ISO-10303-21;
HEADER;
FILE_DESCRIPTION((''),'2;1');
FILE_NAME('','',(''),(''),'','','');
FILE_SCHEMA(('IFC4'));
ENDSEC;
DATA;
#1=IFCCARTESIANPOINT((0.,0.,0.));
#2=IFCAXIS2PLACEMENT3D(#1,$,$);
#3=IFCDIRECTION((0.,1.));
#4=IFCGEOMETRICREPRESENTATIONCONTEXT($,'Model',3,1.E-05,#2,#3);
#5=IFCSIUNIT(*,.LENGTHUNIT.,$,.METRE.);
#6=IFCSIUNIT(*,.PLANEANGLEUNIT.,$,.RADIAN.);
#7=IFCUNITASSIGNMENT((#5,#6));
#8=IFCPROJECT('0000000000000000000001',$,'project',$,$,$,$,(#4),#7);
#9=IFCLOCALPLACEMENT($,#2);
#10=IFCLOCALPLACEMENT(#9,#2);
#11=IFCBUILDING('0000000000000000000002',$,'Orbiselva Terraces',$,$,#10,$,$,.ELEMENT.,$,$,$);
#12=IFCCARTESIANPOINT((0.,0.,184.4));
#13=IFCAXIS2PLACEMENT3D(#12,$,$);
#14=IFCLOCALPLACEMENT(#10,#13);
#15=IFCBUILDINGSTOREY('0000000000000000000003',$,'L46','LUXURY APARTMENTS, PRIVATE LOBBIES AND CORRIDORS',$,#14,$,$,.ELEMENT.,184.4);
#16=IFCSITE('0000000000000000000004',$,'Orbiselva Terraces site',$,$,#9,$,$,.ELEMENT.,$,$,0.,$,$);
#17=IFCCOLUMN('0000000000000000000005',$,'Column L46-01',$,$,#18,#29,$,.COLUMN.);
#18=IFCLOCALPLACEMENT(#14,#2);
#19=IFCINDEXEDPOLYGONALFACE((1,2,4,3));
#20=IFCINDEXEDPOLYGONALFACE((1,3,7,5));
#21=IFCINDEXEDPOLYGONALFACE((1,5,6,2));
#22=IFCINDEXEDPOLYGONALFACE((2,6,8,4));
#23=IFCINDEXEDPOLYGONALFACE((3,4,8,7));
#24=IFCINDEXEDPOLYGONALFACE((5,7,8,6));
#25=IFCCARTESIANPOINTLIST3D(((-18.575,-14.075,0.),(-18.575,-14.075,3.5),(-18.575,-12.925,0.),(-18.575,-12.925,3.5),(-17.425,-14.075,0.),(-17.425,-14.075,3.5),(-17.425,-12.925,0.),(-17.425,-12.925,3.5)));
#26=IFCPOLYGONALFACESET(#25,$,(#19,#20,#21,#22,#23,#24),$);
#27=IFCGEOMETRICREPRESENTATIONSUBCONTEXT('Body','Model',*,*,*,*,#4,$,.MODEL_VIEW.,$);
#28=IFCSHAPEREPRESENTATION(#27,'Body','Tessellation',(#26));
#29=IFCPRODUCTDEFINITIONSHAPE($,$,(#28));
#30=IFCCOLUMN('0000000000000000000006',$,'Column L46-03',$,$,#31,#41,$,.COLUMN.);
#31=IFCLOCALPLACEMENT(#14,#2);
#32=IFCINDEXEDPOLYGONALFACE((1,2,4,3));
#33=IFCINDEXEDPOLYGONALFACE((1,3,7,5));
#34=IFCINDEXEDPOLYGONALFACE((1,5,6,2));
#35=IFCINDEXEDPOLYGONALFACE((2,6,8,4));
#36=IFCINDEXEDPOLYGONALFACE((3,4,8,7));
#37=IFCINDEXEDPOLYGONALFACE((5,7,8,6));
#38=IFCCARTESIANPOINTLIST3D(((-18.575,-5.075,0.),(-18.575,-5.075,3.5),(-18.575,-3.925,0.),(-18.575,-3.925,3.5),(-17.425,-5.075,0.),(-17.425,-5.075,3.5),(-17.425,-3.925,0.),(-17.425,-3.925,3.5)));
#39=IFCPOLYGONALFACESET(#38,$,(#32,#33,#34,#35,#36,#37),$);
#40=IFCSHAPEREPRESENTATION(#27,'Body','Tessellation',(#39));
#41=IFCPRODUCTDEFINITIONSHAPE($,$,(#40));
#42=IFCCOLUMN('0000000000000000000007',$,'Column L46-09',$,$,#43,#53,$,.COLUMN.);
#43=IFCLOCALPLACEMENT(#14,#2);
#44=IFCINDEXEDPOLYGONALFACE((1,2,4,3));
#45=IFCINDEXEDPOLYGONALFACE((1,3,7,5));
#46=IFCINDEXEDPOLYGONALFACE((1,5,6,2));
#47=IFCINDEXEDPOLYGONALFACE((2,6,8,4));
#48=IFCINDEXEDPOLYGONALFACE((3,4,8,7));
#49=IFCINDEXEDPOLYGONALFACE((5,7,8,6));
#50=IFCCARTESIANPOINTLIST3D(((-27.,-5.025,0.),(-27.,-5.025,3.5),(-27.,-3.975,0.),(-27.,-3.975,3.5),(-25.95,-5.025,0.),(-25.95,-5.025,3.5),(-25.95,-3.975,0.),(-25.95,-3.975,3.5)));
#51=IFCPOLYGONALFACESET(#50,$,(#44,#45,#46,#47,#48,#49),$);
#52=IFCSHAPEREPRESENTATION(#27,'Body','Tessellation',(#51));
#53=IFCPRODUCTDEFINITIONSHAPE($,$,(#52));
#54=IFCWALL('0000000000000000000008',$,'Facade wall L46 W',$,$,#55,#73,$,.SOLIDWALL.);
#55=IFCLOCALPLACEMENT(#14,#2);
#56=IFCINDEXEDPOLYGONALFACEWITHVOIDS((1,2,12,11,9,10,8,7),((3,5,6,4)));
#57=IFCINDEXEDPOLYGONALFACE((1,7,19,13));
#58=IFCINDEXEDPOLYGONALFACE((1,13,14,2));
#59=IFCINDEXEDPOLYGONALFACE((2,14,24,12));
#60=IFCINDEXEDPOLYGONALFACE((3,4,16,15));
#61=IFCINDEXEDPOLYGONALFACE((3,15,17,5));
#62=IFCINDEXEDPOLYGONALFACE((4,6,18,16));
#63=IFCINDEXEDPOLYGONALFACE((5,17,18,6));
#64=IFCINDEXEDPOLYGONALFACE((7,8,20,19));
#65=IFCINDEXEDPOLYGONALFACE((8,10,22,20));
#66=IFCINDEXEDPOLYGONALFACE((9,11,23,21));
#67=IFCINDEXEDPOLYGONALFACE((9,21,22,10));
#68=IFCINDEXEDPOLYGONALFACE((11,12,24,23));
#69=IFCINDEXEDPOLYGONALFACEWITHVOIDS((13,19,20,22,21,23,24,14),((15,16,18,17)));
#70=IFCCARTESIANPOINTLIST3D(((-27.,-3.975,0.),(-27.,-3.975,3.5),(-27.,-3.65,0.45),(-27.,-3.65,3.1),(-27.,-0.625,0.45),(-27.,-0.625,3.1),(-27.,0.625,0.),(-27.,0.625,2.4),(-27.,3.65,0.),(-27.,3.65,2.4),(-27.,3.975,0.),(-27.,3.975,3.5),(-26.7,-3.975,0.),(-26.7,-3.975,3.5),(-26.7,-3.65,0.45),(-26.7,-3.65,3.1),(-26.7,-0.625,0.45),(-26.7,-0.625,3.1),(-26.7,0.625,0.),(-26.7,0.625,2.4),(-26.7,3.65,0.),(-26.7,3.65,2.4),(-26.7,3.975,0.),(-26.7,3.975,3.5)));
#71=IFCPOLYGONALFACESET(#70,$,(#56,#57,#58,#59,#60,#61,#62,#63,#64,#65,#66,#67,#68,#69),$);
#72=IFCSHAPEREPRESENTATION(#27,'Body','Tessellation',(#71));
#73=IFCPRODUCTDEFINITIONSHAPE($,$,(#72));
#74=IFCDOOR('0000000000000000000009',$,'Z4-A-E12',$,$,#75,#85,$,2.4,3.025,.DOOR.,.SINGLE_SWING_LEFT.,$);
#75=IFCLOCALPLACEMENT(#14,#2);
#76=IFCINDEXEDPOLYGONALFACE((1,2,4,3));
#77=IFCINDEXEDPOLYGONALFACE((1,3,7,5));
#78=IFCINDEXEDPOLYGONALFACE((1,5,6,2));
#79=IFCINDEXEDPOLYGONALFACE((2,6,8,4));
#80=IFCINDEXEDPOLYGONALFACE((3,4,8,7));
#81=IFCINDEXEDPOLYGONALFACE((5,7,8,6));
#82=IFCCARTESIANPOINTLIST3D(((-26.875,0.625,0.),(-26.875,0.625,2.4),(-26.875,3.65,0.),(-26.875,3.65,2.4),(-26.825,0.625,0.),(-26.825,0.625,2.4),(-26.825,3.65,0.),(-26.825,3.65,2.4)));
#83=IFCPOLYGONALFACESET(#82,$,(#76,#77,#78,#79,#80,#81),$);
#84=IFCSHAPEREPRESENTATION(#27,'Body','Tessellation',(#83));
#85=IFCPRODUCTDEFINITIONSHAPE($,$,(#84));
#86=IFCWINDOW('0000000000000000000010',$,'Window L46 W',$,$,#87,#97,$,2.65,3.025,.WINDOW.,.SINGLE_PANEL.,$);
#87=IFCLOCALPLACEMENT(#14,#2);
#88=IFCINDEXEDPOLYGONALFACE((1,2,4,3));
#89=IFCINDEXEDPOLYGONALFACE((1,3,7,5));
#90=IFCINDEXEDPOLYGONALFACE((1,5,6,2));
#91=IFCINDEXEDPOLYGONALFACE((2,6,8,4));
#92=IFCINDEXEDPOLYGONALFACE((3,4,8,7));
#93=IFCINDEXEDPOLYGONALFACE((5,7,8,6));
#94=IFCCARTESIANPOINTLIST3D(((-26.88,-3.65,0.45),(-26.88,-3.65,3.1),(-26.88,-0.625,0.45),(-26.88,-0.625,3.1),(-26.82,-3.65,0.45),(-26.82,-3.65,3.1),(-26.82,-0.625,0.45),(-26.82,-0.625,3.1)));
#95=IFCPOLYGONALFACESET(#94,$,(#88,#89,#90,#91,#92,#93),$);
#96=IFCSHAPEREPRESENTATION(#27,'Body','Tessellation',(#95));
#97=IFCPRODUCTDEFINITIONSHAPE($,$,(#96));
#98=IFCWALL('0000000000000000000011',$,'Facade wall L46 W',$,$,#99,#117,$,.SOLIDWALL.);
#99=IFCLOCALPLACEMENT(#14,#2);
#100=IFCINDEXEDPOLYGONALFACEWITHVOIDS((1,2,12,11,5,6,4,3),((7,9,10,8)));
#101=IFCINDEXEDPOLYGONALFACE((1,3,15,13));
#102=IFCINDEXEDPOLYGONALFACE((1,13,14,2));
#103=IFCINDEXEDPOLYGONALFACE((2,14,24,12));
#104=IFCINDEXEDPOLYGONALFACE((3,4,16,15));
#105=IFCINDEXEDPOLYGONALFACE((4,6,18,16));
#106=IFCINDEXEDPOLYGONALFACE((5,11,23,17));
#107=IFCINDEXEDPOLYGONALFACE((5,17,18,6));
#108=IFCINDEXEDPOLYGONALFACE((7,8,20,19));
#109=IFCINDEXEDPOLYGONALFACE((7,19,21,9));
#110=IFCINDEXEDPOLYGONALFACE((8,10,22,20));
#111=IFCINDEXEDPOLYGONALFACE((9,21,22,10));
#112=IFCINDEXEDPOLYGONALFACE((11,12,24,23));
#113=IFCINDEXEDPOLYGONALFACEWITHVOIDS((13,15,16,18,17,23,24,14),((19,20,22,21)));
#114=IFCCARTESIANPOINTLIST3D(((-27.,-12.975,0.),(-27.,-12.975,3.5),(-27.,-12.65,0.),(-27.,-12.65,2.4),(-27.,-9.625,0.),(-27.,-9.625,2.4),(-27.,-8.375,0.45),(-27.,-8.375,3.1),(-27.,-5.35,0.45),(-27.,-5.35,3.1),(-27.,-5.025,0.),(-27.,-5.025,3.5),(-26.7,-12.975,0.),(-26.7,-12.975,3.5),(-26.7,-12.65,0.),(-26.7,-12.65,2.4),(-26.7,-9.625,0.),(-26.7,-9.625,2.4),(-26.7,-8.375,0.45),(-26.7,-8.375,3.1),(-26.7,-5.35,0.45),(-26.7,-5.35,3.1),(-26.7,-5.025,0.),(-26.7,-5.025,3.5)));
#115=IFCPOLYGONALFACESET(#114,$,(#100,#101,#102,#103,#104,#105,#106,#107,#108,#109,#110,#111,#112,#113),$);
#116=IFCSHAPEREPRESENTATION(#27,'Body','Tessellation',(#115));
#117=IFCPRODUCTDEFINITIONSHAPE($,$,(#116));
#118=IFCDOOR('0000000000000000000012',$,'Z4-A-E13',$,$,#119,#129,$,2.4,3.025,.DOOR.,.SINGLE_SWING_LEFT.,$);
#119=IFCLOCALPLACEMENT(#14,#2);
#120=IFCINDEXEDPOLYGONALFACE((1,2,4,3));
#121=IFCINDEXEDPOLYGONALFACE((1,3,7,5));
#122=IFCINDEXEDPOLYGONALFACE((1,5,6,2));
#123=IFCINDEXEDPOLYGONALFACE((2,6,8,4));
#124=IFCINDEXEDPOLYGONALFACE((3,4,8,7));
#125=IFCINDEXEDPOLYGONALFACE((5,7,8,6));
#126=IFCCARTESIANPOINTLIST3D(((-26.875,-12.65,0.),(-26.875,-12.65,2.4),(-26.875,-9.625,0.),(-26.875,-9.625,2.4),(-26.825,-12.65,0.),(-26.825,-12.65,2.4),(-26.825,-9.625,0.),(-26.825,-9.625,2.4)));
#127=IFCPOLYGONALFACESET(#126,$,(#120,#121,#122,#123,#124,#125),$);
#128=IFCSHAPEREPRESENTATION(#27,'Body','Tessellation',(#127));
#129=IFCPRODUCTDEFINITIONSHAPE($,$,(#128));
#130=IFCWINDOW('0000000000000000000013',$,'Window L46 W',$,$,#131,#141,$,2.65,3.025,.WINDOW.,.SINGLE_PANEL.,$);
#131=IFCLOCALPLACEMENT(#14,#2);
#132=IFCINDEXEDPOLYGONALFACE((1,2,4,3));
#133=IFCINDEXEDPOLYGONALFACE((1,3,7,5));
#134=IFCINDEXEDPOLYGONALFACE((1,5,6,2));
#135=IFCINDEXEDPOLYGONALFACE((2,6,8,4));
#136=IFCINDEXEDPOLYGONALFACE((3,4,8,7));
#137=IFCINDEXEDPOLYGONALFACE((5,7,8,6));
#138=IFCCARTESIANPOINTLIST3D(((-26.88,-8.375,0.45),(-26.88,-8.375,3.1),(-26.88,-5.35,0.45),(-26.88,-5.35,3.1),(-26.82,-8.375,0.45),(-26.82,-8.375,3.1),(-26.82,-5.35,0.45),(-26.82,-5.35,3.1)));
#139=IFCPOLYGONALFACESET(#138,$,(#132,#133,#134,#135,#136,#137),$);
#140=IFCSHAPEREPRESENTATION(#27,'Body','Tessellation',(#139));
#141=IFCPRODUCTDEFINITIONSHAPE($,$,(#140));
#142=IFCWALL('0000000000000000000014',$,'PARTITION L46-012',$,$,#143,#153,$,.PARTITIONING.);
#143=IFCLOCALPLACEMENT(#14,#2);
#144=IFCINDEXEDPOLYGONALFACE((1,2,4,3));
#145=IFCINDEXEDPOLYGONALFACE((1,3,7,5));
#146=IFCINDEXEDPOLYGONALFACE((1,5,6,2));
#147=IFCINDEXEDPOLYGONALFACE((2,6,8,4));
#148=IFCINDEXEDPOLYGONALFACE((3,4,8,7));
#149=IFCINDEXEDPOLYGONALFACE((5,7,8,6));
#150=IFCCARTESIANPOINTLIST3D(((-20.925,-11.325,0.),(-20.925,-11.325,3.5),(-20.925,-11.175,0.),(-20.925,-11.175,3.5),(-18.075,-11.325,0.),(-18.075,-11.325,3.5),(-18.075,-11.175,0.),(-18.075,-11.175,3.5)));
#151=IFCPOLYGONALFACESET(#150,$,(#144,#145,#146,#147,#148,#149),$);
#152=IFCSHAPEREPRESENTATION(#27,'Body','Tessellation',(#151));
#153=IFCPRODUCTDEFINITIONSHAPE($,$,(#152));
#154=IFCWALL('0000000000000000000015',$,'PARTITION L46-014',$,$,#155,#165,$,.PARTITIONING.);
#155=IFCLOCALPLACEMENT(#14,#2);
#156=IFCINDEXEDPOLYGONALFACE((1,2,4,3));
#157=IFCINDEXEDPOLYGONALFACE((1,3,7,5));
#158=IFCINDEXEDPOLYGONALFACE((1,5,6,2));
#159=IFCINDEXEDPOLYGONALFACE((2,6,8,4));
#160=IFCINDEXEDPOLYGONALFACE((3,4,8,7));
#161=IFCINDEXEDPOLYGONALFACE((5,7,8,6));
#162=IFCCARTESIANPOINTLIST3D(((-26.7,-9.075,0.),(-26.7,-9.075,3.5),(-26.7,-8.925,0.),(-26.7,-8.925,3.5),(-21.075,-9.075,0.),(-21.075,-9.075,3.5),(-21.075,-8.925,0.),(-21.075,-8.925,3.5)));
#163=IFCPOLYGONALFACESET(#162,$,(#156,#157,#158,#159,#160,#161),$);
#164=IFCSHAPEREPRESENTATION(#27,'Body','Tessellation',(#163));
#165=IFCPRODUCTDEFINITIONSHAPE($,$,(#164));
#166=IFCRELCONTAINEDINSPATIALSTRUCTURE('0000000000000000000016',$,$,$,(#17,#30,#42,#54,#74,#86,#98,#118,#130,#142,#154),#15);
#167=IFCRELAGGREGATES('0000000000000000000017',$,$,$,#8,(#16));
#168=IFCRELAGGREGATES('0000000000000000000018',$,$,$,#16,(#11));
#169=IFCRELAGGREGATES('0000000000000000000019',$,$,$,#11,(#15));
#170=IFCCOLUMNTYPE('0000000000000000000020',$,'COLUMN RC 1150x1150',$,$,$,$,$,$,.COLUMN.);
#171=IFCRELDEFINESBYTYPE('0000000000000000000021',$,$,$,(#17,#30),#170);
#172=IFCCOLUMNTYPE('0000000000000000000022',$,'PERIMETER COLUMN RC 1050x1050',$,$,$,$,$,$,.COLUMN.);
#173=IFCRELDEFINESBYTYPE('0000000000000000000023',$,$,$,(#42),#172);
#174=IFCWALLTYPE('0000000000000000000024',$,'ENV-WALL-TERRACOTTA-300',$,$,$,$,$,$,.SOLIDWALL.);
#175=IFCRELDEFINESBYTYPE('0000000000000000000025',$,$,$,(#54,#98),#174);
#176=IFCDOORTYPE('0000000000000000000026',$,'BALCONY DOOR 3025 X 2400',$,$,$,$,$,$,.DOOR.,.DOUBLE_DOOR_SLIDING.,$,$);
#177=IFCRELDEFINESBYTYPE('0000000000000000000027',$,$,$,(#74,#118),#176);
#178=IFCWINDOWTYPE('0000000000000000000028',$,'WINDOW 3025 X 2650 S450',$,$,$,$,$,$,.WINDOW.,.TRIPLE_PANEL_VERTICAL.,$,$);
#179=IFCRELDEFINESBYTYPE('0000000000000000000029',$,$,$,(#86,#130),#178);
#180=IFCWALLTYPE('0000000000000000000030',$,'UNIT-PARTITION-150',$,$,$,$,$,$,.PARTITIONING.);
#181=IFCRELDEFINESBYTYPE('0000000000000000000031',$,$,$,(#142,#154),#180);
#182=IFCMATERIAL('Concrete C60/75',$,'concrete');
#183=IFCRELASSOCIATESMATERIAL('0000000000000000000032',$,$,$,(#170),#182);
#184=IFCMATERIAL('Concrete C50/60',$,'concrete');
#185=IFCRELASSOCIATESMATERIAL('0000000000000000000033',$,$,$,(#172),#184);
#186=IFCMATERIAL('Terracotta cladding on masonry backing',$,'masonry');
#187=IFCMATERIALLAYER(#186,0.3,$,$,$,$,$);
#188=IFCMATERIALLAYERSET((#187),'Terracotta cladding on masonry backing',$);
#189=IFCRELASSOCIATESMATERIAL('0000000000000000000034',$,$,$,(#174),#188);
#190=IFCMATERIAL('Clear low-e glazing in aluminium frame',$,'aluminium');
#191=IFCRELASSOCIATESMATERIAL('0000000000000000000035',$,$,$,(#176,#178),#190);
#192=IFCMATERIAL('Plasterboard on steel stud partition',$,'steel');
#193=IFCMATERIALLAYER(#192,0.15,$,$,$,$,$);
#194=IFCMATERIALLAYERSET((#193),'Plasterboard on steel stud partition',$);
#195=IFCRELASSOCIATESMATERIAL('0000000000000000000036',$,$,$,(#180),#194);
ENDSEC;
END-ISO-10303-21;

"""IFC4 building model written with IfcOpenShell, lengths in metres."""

from ifc_helpers import new_model, si_unit, direction, frame, frame_2d, origin, origin_2d, place, context, subcontext, project, spatial, rectangle, extrude, material, layer, layer_set, material_profile, profile_set, type_object, element, fill, save


model = new_model("IFC4")

# Units and contexts
model_context = context("Model", 3, precision=1e-05, world=origin(), true_north=direction((0.0, 1.0)))
body_context = subcontext(model_context, "Body", "Model", "MODEL_VIEW")
ifc_project = project(units=[si_unit("LENGTHUNIT", "METRE"), si_unit("PLANEANGLEUNIT", "RADIAN")], contexts=[model_context])

# Site, building, storey
site_placement = place(None, origin())
site = spatial("IfcSite", under=ifc_project, at=site_placement, Name="Orbiselva Terraces site", CompositionType="ELEMENT", RefElevation=0.0)
building_placement = place(site_placement, origin())
building = spatial("IfcBuilding", under=site, at=building_placement, Name="Orbiselva Terraces", CompositionType="ELEMENT")
storey_placement = place(building_placement, frame((0.0, 0.0, 184.4)))
storey = spatial("IfcBuildingStorey", under=building, at=storey_placement, Name="L46", Description="LUXURY APARTMENTS, PRIVATE LOBBIES AND CORRIDORS", CompositionType="ELEMENT", Elevation=184.4)

# Columns
ifc_material_1 = material(Name="Concrete C60/75", Category="concrete")
ifc_material_profile_1 = material_profile(ifc_material_1, rectangle(XDim=1.15, YDim=1.15, at=origin_2d()), Name="RC 1150x1150")
ifc_profile_set_1 = profile_set([ifc_material_profile_1], Name="Concrete C60/75")
column_type_1 = type_object("IfcColumnType", Name="COLUMN RC 1150x1150", PredefinedType="COLUMN", material=ifc_profile_set_1)
for number, where, z_axis, x_axis, name in (
    (1, (-18.0, -13.5, 0.0), (0.0, 0.0, 1.0), (1.0, 0.0, 0.0), "Column L46-01"),
    (2, (-18.0, -4.5, 0.0), (0.0, 0.0, 1.0), (1.0, 0.0, 0.0), "Column L46-03"),
):
    element("IfcColumn", number, at=place(storey_placement, frame(where, z_axis=z_axis, x_axis=x_axis)), inside=storey, type_object=column_type_1, Name=name, PredefinedType="COLUMN", context=body_context, shape_type="SweptSolid", body=[
        extrude(rectangle(XDim=1.15, YDim=1.15, at=origin_2d()), origin(), (0.0, 0.0, 1.0), 3.5),
    ])
ifc_material_2 = material(Name="Concrete C50/60", Category="concrete")
ifc_material_profile_2 = material_profile(ifc_material_2, rectangle(XDim=1.05, YDim=1.05, at=origin_2d()), Name="RC 1050x1050")
ifc_profile_set_2 = profile_set([ifc_material_profile_2], Name="Concrete C50/60")
column_type_2 = type_object("IfcColumnType", Name="PERIMETER COLUMN RC 1050x1050", PredefinedType="COLUMN", material=ifc_profile_set_2)
column_placement = place(storey_placement, frame((-26.475, -4.5, 0.0), z_axis=(0.0, 0.0, 1.0), x_axis=(1.0, 0.0, 0.0)))
element("IfcColumn", 3, at=column_placement, inside=storey, type_object=column_type_2, Name="Column L46-09", PredefinedType="COLUMN", context=body_context, shape_type="SweptSolid", body=[
    extrude(rectangle(XDim=1.05, YDim=1.05, at=origin_2d()), origin(), (0.0, 0.0, 1.0), 3.5),
])

# Walls, openings, doors, windows
ifc_material_3 = material(Name="Terracotta cladding on masonry backing", Category="masonry")
ifc_layer_1 = layer(ifc_material_3, 0.3)
ifc_layer_set_1 = layer_set([ifc_layer_1], Name="Terracotta cladding on masonry backing")
wall_type_1 = type_object("IfcWallType", Name="ENV-WALL-TERRACOTTA-300", PredefinedType="SOLIDWALL", material=ifc_layer_set_1)
wall_1_placement = place(storey_placement, frame((-26.85, -3.975, 0.0), z_axis=(0.0, 0.0, 1.0), x_axis=(0.0, 1.0, 0.0)))
wall_1 = element("IfcWall", 4, at=wall_1_placement, inside=storey, type_object=wall_type_1, Name="Facade wall L46 W", PredefinedType="SOLIDWALL", context=body_context, shape_type="SweptSolid", body=[
    extrude(rectangle(XDim=7.95, YDim=0.3, at=frame_2d((3.975, 0.0))), origin(), (0.0, 0.0, 1.0), 3.5),
])
opening_1_placement = place(wall_1_placement, frame((4.6, 0.0, 0.0)))
opening_1 = element("IfcOpeningElement", 5, at=opening_1_placement, cuts=wall_1, PredefinedType="OPENING", context=body_context, shape_type="SweptSolid", body=[
    extrude(rectangle(XDim=3.025, YDim=2.4, at=frame_2d((1.5125, 1.2))), frame((0.0, 0.16, 0.0), z_axis=(0.0, -1.0, 0.0), x_axis=(1.0, 0.0, 0.0)), (0.0, 0.0, 1.0), 0.32),
])
opening_2_placement = place(wall_1_placement, frame((0.325, 0.0, 0.45)))
opening_2 = element("IfcOpeningElement", 6, at=opening_2_placement, cuts=wall_1, PredefinedType="OPENING", context=body_context, shape_type="SweptSolid", body=[
    extrude(rectangle(XDim=3.025, YDim=2.65, at=frame_2d((1.5125, 1.325))), frame((0.0, 0.16, 0.0), z_axis=(0.0, -1.0, 0.0), x_axis=(1.0, 0.0, 0.0)), (0.0, 0.0, 1.0), 0.32),
])
ifc_material_4 = material(Name="Clear low-e glazing in aluminium frame", Category="aluminium")
door_type_1 = type_object("IfcDoorType", Name="BALCONY DOOR 3025 X 2400", OperationType="DOUBLE_DOOR_SLIDING", PredefinedType="DOOR", material=ifc_material_4)
door_1_placement = place(opening_1_placement, origin())
door_1 = element("IfcDoor", 7, at=door_1_placement, inside=storey, type_object=door_type_1, Name="Z4-A-E12", OperationType="SINGLE_SWING_LEFT", OverallHeight=2.4, OverallWidth=3.025, PredefinedType="DOOR", context=body_context, shape_type="SweptSolid", body=[
    extrude(rectangle(XDim=3.025, YDim=2.4, at=frame_2d((1.5125, 1.2))), frame((0.0, 0.025, 0.0), z_axis=(0.0, -1.0, 0.0), x_axis=(1.0, 0.0, 0.0)), (0.0, 0.0, 1.0), 0.05),
])
fill(opening_1, door_1)
window_type = type_object("IfcWindowType", Name="WINDOW 3025 X 2650 S450", PartitioningType="TRIPLE_PANEL_VERTICAL", PredefinedType="WINDOW", material=ifc_material_4)
window_1_placement = place(opening_2_placement, origin())
window_1 = element("IfcWindow", 8, at=window_1_placement, inside=storey, type_object=window_type, Name="Window L46 W", OverallHeight=2.65, OverallWidth=3.025, PartitioningType="SINGLE_PANEL", PredefinedType="WINDOW", context=body_context, shape_type="SweptSolid", body=[
    extrude(rectangle(XDim=3.025, YDim=2.65, at=frame_2d((1.5125, 1.325))), frame((0.0, 0.03, 0.0), z_axis=(0.0, -1.0, 0.0), x_axis=(1.0, 0.0, 0.0)), (0.0, 0.0, 1.0), 0.06),
])
fill(opening_2, window_1)
wall_2_placement = place(storey_placement, frame((-26.85, -12.975, 0.0), z_axis=(0.0, 0.0, 1.0), x_axis=(0.0, 1.0, 0.0)))
wall_2 = element("IfcWall", 9, at=wall_2_placement, inside=storey, type_object=wall_type_1, Name="Facade wall L46 W", PredefinedType="SOLIDWALL", context=body_context, shape_type="SweptSolid", body=[
    extrude(rectangle(XDim=7.95, YDim=0.3, at=frame_2d((3.975, 0.0))), origin(), (0.0, 0.0, 1.0), 3.5),
])
opening_3_placement = place(wall_2_placement, frame((4.6, 0.0, 0.45)))
opening_3 = element("IfcOpeningElement", 10, at=opening_3_placement, cuts=wall_2, PredefinedType="OPENING", context=body_context, shape_type="SweptSolid", body=[
    extrude(rectangle(XDim=3.025, YDim=2.65, at=frame_2d((1.5125, 1.325))), frame((0.0, 0.16, 0.0), z_axis=(0.0, -1.0, 0.0), x_axis=(1.0, 0.0, 0.0)), (0.0, 0.0, 1.0), 0.32),
])
opening_4_placement = place(wall_2_placement, frame((0.325, 0.0, 0.0)))
opening_4 = element("IfcOpeningElement", 11, at=opening_4_placement, cuts=wall_2, PredefinedType="OPENING", context=body_context, shape_type="SweptSolid", body=[
    extrude(rectangle(XDim=3.025, YDim=2.4, at=frame_2d((1.5125, 1.2))), frame((0.0, 0.16, 0.0), z_axis=(0.0, -1.0, 0.0), x_axis=(1.0, 0.0, 0.0)), (0.0, 0.0, 1.0), 0.32),
])
door_2_placement = place(opening_4_placement, origin())
door_2 = element("IfcDoor", 12, at=door_2_placement, inside=storey, type_object=door_type_1, Name="Z4-A-E13", OperationType="SINGLE_SWING_LEFT", OverallHeight=2.4, OverallWidth=3.025, PredefinedType="DOOR", context=body_context, shape_type="SweptSolid", body=[
    extrude(rectangle(XDim=3.025, YDim=2.4, at=frame_2d((1.5125, 1.2))), frame((0.0, 0.025, 0.0), z_axis=(0.0, -1.0, 0.0), x_axis=(1.0, 0.0, 0.0)), (0.0, 0.0, 1.0), 0.05),
])
fill(opening_4, door_2)
window_2_placement = place(opening_3_placement, origin())
window_2 = element("IfcWindow", 13, at=window_2_placement, inside=storey, type_object=window_type, Name="Window L46 W", OverallHeight=2.65, OverallWidth=3.025, PartitioningType="SINGLE_PANEL", PredefinedType="WINDOW", context=body_context, shape_type="SweptSolid", body=[
    extrude(rectangle(XDim=3.025, YDim=2.65, at=frame_2d((1.5125, 1.325))), frame((0.0, 0.03, 0.0), z_axis=(0.0, -1.0, 0.0), x_axis=(1.0, 0.0, 0.0)), (0.0, 0.0, 1.0), 0.06),
])
fill(opening_3, window_2)

# Walls
ifc_material_5 = material(Name="Plasterboard on steel stud partition", Category="steel")
ifc_layer_2 = layer(ifc_material_5, 0.15)
ifc_layer_set_2 = layer_set([ifc_layer_2], Name="Plasterboard on steel stud partition")
wall_type_2 = type_object("IfcWallType", Name="UNIT-PARTITION-150", PredefinedType="PARTITIONING", material=ifc_layer_set_2)
wall_3_placement = place(storey_placement, frame((-20.925, -11.25, 0.0), z_axis=(0.0, 0.0, 1.0), x_axis=(1.0, 0.0, 0.0)))
element("IfcWall", 14, at=wall_3_placement, inside=storey, type_object=wall_type_2, Name="PARTITION L46-012", PredefinedType="PARTITIONING", context=body_context, shape_type="SweptSolid", body=[
    extrude(rectangle(XDim=2.85, YDim=0.15, at=frame_2d((1.425, 0.0))), origin(), (0.0, 0.0, 1.0), 3.5),
])
wall_4_placement = place(storey_placement, frame((-26.7, -9.0, 0.0), z_axis=(0.0, 0.0, 1.0), x_axis=(1.0, 0.0, 0.0)))
element("IfcWall", 15, at=wall_4_placement, inside=storey, type_object=wall_type_2, Name="PARTITION L46-014", PredefinedType="PARTITIONING", context=body_context, shape_type="SweptSolid", body=[
    extrude(rectangle(XDim=5.625, YDim=0.15, at=frame_2d((2.8125, 0.0))), origin(), (0.0, 0.0, 1.0), 3.5),
])

save(model, "model.ifc")
